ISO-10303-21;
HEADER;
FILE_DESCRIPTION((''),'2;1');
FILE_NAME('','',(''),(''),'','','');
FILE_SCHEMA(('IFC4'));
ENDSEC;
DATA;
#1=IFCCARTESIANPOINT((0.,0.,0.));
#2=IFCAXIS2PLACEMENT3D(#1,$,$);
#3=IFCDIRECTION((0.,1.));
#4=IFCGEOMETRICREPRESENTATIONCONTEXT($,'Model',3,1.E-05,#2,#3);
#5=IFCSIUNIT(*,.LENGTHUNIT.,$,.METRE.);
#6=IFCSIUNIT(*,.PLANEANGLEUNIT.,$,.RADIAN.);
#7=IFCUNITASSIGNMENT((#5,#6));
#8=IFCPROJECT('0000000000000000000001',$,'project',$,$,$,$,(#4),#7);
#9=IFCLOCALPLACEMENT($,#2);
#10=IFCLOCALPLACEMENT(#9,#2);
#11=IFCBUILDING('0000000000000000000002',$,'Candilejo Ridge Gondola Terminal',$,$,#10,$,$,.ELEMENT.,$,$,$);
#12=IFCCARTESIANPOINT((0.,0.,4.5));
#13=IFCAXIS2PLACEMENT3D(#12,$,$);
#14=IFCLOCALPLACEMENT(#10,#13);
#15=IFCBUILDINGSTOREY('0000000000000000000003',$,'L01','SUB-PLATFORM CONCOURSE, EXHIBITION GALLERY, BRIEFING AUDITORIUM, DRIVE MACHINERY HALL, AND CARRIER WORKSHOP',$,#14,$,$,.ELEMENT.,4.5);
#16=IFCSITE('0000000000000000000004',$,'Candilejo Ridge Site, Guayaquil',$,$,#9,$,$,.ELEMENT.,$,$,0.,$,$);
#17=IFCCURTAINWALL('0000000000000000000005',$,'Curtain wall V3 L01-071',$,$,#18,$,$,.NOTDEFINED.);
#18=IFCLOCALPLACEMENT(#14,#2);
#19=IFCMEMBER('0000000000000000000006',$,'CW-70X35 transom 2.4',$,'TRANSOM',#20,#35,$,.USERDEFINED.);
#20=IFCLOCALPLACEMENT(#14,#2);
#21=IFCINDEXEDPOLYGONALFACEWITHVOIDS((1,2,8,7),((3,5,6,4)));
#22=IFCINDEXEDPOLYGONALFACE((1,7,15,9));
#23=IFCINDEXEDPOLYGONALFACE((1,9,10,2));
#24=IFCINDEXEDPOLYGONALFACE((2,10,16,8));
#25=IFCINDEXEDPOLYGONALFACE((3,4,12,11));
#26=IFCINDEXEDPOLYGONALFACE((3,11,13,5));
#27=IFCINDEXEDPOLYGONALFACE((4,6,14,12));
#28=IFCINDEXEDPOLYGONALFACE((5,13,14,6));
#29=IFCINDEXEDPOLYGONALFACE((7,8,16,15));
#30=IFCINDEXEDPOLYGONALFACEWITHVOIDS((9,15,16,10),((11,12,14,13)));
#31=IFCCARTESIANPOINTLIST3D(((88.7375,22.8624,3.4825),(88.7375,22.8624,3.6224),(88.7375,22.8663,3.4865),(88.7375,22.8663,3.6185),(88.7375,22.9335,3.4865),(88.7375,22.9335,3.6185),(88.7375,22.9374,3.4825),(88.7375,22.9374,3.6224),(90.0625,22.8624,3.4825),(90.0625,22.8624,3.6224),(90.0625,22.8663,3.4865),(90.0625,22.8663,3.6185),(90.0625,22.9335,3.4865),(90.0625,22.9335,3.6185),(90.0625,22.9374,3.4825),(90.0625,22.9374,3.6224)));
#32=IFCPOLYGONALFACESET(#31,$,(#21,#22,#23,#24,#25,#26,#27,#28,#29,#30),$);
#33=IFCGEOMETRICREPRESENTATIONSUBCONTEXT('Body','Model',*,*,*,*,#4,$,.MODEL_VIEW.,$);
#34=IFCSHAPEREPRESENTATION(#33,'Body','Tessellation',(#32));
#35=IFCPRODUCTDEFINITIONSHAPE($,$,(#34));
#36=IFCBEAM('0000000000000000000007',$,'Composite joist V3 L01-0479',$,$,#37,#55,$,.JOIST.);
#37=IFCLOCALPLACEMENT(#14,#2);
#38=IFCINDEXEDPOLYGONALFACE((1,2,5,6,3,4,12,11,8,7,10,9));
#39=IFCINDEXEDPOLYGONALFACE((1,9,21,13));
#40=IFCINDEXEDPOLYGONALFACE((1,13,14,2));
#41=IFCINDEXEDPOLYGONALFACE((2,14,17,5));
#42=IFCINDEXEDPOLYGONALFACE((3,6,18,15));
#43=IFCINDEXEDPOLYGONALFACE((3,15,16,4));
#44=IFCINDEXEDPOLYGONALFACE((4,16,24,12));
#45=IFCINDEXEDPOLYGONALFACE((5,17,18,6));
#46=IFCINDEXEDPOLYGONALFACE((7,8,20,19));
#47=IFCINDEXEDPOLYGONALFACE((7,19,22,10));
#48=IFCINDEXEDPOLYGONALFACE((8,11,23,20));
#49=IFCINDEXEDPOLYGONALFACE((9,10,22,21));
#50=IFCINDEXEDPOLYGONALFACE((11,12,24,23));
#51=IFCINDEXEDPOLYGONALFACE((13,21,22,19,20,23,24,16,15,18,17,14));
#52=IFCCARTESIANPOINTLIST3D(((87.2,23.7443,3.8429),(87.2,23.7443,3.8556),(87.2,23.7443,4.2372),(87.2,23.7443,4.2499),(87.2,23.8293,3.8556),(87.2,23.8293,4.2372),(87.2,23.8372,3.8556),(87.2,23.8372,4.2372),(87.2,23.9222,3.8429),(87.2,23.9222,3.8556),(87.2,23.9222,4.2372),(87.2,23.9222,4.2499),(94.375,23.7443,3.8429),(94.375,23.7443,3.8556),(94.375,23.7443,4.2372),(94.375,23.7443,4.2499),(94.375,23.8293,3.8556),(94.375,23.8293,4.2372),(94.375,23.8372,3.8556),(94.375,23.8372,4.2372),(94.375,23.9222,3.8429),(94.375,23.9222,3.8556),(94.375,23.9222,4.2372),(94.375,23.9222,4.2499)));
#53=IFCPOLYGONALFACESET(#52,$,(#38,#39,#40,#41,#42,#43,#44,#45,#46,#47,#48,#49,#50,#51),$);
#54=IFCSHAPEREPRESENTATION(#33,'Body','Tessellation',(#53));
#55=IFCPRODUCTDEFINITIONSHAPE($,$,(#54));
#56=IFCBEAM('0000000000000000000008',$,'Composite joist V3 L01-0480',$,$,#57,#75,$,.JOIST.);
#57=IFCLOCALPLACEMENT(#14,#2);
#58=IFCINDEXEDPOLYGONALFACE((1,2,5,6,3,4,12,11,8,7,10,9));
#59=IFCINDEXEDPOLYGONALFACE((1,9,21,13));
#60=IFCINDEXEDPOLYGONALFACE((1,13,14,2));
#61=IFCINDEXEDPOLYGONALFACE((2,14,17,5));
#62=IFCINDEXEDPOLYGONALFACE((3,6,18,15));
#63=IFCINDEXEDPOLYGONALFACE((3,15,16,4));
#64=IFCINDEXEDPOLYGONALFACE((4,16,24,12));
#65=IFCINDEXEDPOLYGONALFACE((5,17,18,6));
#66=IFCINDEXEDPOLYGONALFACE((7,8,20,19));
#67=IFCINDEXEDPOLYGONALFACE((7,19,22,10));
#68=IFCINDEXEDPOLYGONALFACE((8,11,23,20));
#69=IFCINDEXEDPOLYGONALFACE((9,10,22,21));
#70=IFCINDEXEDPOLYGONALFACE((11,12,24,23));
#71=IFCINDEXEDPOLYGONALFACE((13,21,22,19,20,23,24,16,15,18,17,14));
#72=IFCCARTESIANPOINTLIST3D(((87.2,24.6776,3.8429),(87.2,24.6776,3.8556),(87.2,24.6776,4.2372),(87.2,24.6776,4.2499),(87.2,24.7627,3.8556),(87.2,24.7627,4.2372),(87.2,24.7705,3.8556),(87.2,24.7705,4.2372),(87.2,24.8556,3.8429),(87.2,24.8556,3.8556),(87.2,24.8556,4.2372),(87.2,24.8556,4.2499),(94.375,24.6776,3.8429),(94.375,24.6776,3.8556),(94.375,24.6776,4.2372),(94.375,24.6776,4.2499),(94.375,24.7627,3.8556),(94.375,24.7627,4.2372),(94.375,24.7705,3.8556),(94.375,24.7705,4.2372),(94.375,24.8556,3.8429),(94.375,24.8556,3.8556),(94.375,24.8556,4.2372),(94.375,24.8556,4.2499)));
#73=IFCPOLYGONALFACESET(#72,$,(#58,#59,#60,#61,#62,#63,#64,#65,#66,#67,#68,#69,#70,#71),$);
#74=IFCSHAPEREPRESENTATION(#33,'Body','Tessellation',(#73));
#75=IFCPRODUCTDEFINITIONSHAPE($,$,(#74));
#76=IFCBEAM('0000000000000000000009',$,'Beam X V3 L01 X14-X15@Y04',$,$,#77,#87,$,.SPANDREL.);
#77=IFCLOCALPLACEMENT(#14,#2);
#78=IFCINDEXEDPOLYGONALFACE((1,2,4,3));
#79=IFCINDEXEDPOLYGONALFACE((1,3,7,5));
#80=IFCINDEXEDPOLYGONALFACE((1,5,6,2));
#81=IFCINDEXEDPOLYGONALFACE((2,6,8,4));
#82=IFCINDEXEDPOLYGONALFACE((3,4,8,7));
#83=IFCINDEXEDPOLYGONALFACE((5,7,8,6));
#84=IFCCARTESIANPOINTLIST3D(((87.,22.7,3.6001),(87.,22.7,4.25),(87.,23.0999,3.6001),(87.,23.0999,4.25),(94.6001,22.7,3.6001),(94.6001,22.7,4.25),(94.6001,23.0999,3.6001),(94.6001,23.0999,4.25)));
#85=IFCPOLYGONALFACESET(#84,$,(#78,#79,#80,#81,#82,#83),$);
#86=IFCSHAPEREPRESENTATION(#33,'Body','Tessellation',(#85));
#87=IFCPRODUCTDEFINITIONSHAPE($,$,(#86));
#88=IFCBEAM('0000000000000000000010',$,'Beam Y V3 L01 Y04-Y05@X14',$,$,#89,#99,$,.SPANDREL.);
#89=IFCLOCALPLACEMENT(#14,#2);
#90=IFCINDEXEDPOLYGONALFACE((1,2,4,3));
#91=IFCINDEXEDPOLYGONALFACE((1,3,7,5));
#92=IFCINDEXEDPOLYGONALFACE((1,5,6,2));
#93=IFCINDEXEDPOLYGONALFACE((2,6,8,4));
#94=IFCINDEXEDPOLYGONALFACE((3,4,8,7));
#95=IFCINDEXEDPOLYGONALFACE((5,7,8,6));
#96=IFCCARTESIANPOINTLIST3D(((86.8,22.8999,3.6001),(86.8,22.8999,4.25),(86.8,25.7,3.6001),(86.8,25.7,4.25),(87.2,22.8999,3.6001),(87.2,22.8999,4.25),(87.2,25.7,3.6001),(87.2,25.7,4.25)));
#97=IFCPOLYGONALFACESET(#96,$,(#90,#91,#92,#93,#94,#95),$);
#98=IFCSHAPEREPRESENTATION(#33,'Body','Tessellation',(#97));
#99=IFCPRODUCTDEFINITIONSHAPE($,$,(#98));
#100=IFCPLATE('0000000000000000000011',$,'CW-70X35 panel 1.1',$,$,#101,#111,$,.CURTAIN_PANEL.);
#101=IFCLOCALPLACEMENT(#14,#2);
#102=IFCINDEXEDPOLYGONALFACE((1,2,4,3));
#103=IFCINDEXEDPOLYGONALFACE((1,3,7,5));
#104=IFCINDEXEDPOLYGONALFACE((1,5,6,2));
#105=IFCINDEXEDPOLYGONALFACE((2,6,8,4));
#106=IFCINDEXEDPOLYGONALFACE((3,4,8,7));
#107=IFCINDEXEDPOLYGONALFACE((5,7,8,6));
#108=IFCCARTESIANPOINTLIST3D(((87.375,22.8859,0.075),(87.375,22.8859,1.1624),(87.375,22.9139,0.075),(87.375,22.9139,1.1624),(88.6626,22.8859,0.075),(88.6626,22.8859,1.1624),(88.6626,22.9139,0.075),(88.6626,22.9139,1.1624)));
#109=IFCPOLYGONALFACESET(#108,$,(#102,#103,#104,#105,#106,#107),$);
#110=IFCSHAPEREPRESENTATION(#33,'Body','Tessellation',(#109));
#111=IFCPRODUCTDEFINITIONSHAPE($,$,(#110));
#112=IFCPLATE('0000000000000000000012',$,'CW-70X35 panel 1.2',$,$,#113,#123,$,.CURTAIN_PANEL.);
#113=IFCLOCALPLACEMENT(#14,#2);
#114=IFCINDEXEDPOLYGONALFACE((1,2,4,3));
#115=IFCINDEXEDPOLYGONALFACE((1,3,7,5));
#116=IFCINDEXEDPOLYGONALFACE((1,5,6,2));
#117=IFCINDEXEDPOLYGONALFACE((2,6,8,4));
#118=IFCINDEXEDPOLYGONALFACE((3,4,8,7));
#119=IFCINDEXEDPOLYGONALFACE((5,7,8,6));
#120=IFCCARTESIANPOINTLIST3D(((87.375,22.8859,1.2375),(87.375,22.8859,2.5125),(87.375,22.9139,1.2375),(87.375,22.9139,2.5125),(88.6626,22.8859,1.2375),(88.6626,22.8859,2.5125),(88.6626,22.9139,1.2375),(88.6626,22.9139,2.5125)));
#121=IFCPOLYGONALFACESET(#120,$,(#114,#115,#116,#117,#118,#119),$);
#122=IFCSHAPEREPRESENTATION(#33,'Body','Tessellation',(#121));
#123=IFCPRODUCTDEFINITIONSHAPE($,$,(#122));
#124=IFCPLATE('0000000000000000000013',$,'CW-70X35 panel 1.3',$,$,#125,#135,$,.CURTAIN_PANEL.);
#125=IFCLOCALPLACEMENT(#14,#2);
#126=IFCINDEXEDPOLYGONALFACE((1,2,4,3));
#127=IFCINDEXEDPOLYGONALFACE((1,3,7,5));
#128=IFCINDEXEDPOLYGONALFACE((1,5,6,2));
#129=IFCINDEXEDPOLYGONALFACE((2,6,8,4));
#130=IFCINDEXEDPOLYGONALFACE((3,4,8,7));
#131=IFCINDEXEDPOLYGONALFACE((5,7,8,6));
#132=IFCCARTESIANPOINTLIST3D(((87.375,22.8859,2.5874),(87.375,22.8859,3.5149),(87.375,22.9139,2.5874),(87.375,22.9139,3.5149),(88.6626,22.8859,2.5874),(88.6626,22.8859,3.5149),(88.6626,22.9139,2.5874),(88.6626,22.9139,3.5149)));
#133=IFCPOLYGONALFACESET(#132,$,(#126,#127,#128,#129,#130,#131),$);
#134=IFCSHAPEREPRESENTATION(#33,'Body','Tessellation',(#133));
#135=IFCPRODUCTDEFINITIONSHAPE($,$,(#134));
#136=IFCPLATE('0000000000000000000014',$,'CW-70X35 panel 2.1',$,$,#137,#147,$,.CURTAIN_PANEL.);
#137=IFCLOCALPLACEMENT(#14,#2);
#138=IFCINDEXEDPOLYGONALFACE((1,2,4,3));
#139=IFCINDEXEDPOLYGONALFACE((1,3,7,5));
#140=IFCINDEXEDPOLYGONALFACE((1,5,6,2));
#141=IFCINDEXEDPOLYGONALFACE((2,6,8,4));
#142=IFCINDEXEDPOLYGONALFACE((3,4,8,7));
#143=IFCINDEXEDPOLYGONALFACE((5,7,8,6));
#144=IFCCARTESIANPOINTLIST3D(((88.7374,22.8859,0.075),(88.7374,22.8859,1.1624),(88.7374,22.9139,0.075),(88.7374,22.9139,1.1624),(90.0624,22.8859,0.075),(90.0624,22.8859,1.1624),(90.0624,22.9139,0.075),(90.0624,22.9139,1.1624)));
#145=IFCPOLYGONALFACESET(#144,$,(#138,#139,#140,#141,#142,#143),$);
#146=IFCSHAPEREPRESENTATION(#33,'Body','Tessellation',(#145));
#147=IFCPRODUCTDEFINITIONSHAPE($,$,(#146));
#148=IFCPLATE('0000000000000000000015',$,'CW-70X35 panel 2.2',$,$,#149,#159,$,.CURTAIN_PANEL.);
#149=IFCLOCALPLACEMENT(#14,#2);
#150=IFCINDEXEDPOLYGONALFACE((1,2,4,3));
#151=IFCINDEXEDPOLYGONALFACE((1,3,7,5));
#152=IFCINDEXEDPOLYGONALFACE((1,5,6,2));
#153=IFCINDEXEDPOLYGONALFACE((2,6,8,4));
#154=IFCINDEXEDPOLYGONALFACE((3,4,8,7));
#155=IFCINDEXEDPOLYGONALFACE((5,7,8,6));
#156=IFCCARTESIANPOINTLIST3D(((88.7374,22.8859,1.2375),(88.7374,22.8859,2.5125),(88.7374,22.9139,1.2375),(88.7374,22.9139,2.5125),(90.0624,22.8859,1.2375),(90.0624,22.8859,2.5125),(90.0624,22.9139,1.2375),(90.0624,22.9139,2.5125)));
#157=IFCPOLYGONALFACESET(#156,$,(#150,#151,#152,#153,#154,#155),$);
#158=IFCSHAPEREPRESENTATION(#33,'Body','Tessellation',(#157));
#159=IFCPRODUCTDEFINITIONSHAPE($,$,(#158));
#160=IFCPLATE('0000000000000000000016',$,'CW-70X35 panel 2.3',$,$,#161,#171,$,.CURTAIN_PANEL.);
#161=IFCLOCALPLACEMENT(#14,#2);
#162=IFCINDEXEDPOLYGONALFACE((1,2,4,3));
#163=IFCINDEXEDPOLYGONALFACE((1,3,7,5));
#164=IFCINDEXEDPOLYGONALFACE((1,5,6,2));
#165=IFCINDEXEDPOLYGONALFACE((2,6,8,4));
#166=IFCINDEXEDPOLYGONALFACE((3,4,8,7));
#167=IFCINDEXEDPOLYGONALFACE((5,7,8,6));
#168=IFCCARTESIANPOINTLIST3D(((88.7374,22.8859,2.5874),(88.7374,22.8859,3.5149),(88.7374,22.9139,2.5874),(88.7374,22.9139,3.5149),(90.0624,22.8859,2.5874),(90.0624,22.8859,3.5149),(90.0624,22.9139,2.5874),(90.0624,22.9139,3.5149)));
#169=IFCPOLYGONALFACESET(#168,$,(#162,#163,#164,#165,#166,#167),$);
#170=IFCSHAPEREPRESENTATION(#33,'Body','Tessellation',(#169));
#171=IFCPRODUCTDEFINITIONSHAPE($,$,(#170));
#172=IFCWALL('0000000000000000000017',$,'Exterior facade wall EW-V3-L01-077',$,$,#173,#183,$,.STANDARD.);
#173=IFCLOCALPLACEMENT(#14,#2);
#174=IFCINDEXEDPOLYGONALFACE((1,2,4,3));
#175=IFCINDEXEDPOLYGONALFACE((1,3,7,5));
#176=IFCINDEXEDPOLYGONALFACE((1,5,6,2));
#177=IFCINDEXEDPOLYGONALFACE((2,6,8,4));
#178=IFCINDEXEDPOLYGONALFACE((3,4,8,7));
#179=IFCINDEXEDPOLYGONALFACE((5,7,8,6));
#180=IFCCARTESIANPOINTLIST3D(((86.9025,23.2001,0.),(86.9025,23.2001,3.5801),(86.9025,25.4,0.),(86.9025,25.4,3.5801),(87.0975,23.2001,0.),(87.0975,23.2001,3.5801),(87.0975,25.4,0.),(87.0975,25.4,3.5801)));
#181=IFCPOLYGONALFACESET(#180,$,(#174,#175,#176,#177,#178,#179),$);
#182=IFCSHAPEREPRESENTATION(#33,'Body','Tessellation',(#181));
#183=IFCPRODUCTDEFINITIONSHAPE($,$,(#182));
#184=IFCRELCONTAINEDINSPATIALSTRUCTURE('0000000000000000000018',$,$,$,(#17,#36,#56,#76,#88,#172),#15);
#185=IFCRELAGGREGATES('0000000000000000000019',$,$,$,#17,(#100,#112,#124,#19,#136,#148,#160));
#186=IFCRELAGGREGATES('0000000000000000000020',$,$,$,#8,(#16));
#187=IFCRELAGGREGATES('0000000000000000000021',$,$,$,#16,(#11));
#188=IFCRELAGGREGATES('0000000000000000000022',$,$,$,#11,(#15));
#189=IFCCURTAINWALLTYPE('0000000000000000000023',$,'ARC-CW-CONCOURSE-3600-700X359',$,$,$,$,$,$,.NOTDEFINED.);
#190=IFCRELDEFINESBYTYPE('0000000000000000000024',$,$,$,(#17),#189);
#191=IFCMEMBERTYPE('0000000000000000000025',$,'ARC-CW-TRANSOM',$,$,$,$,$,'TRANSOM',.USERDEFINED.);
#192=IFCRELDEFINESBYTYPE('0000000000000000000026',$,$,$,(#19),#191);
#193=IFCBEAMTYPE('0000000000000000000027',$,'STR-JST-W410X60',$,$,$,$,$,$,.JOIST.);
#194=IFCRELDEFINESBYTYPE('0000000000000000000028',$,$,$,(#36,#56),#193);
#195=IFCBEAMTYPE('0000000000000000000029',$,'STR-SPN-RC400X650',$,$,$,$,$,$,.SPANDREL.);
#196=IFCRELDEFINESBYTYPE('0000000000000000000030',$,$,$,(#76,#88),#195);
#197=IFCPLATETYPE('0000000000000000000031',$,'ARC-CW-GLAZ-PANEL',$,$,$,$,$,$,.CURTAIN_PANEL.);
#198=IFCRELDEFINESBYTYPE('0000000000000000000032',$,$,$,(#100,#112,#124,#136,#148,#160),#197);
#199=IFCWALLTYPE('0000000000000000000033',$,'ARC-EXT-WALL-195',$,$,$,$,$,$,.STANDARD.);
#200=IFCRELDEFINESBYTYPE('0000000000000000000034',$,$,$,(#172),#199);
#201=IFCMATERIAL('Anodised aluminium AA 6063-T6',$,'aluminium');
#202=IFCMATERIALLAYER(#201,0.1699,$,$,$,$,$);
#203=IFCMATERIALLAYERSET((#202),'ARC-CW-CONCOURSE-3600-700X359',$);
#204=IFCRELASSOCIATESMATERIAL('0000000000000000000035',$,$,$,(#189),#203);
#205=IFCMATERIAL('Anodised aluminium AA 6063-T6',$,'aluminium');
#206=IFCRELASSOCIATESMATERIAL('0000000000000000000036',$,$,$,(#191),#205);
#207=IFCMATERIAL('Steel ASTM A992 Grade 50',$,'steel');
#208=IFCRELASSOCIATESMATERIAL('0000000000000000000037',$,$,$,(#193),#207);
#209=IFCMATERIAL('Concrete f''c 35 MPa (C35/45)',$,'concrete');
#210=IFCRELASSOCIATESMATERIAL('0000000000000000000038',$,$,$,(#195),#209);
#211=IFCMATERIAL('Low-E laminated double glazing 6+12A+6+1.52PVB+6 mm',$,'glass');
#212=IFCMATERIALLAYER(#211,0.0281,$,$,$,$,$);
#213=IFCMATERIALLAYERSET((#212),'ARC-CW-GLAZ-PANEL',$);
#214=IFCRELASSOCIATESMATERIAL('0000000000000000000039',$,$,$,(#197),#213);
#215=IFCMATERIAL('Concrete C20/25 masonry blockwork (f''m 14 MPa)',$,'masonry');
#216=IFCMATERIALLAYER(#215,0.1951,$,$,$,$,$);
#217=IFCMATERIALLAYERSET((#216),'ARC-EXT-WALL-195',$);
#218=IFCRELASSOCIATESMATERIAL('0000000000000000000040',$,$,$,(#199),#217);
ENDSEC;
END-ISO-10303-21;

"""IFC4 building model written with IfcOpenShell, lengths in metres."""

from ifc_helpers import new_model, si_unit, direction, frame, frame_2d, origin, origin_2d, place, context, subcontext, project, spatial, rectangle, hollow_rectangle, i_section, extrude, material, layer, layer_set, material_profile, profile_set, type_object, element, aggregate, save


model = new_model("IFC4")

# Units and contexts
model_context = context("Model", 3, precision=1e-05, world=origin(), true_north=direction((0.0, 1.0)))
body_context = subcontext(model_context, "Body", "Model", "MODEL_VIEW")
ifc_project = project(units=[si_unit("LENGTHUNIT", "METRE"), si_unit("PLANEANGLEUNIT", "RADIAN")], contexts=[model_context])

# Site, building, storey
site_placement = place(None, origin())
site = spatial("IfcSite", under=ifc_project, at=site_placement, Name="Candilejo Ridge Site, Guayaquil", CompositionType="ELEMENT", RefElevation=0.0)
building_placement = place(site_placement, origin())
building = spatial("IfcBuilding", under=site, at=building_placement, Name="Candilejo Ridge Gondola Terminal", CompositionType="ELEMENT")
storey_placement = place(building_placement, frame((0.0, 0.0, 4.5)))
storey = spatial("IfcBuildingStorey", under=building, at=storey_placement, Name="L01", Description="SUB-PLATFORM CONCOURSE, EXHIBITION GALLERY, BRIEFING AUDITORIUM, DRIVE MACHINERY HALL, AND CARRIER WORKSHOP", CompositionType="ELEMENT", Elevation=4.5)

# Curtain wall, member
ifc_material_1 = material(Name="Anodised aluminium AA 6063-T6", Category="aluminium")
ifc_layer_1 = layer(ifc_material_1, 0.1699)
ifc_layer_set_1 = layer_set([ifc_layer_1], Name="ARC-CW-CONCOURSE-3600-700X359")
curtain_wall_type = type_object("IfcCurtainWallType", Name="ARC-CW-CONCOURSE-3600-700X359", PredefinedType="NOTDEFINED", material=ifc_layer_set_1)
curtain_wall_placement = place(storey_placement, origin())
curtain_wall = element("IfcCurtainWall", 1, at=curtain_wall_placement, inside=storey, type_object=curtain_wall_type, Name="Curtain wall V3 L01-071", PredefinedType="NOTDEFINED")
ifc_material_2 = material(Name="Anodised aluminium AA 6063-T6", Category="aluminium")
ifc_material_profile_1 = material_profile(ifc_material_2, hollow_rectangle(XDim=0.075, YDim=0.1399, WallThickness=0.0039, at=origin_2d()))
ifc_profile_set_1 = profile_set([ifc_material_profile_1], Name="Anodised aluminium AA 6063-T6")
member_type_1 = type_object("IfcMemberType", Name="ARC-CW-TRANSOM", ElementType="TRANSOM", PredefinedType="USERDEFINED", material=ifc_profile_set_1)
member_1_placement = place(storey_placement, frame((88.7375, 22.8999, 3.5525), z_axis=(1.0, 0.0, 0.0), x_axis=(0.0, 1.0, 0.0)))
member_1 = element("IfcMember", 2, at=member_1_placement, type_object=member_type_1, Name="CW-70X35 transom 2.4", ObjectType="TRANSOM", PredefinedType="USERDEFINED", context=body_context, shape_type="SweptSolid", body=[
    extrude(hollow_rectangle(XDim=0.075, YDim=0.1399, WallThickness=0.0039, at=origin_2d()), origin(), (0.0, 0.0, 1.0), 1.325),
])

# Beams
ifc_material_3 = material(Name="Steel ASTM A992 Grade 50", Category="steel")
ifc_material_profile_2 = material_profile(ifc_material_3, i_section(OverallWidth=0.178, OverallDepth=0.407, WebThickness=0.0078, FlangeThickness=0.0127, at=origin_2d()))
ifc_profile_set_2 = profile_set([ifc_material_profile_2], Name="Steel ASTM A992 Grade 50")
beam_type_1 = type_object("IfcBeamType", Name="STR-JST-W410X60", PredefinedType="JOIST", material=ifc_profile_set_2)
for number, where, z_axis, x_axis, name in (
    (3, (87.2, 23.8333, 4.0464), (1.0, 0.0, 0.0), (0.0, 1.0, 0.0), "Composite joist V3 L01-0479"),
    (4, (87.2, 24.7666, 4.0464), (1.0, 0.0, 0.0), (0.0, 1.0, 0.0), "Composite joist V3 L01-0480"),
):
    element("IfcBeam", number, at=place(storey_placement, frame(where, z_axis=z_axis, x_axis=x_axis)), inside=storey, type_object=beam_type_1, Name=name, PredefinedType="JOIST", context=body_context, shape_type="SweptSolid", body=[
        extrude(i_section(OverallWidth=0.178, OverallDepth=0.407, WebThickness=0.0078, FlangeThickness=0.0127, at=origin_2d()), origin(), (0.0, 0.0, 1.0), 7.175),
    ])
ifc_material_4 = material(Name="Concrete f'c 35 MPa (C35/45)", Category="concrete")
ifc_material_profile_3 = material_profile(ifc_material_4, rectangle(XDim=0.3999, YDim=0.6499, at=origin_2d()))
ifc_profile_set_3 = profile_set([ifc_material_profile_3], Name="Concrete f'c 35 MPa (C35/45)")
beam_type_2 = type_object("IfcBeamType", Name="STR-SPN-RC400X650", PredefinedType="SPANDREL", material=ifc_profile_set_3)
beam_1_placement = place(storey_placement, frame((87.0, 22.8999, 3.925), z_axis=(1.0, 0.0, 0.0), x_axis=(0.0, 1.0, 0.0)))
element("IfcBeam", 5, at=beam_1_placement, inside=storey, type_object=beam_type_2, Name="Beam X V3 L01 X14-X15@Y04", PredefinedType="SPANDREL", context=body_context, shape_type="SweptSolid", body=[
    extrude(rectangle(XDim=0.3999, YDim=0.6499, at=origin_2d()), origin(), (0.0, 0.0, 1.0), 7.6001),
])
beam_2_placement = place(storey_placement, frame((87.0, 22.8999, 3.925), z_axis=(0.0, 1.0, 0.0), x_axis=(-1.0, 0.0, 0.0)))
element("IfcBeam", 6, at=beam_2_placement, inside=storey, type_object=beam_type_2, Name="Beam Y V3 L01 Y04-Y05@X14", PredefinedType="SPANDREL", context=body_context, shape_type="SweptSolid", body=[
    extrude(rectangle(XDim=0.3999, YDim=0.6499, at=origin_2d()), origin(), (0.0, 0.0, 1.0), 2.8),
])

# Plates
ifc_material_5 = material(Name="Low-E laminated double glazing 6+12A+6+1.52PVB+6 mm", Category="glass")
ifc_layer_2 = layer(ifc_material_5, 0.0281)
ifc_layer_set_2 = layer_set([ifc_layer_2], Name="ARC-CW-GLAZ-PANEL")
plate_type = type_object("IfcPlateType", Name="ARC-CW-GLAZ-PANEL", PredefinedType="CURTAIN_PANEL", material=ifc_layer_set_2)
plate_1_placement = place(storey_placement, frame((88.0188, 22.8999, 0.075), z_axis=(0.0, 0.0, 1.0), x_axis=(1.0, 0.0, 0.0)))
plate_1 = element("IfcPlate", 7, at=plate_1_placement, type_object=plate_type, Name="CW-70X35 panel 1.1", PredefinedType="CURTAIN_PANEL", context=body_context, shape_type="SweptSolid", body=[
    extrude(rectangle(XDim=1.2876, YDim=0.0281, at=origin_2d()), origin(), (0.0, 0.0, 1.0), 1.0874),
])
plate_2_placement = place(storey_placement, frame((88.0188, 22.8999, 1.2375), z_axis=(0.0, 0.0, 1.0), x_axis=(1.0, 0.0, 0.0)))
plate_2 = element("IfcPlate", 8, at=plate_2_placement, type_object=plate_type, Name="CW-70X35 panel 1.2", PredefinedType="CURTAIN_PANEL", context=body_context, shape_type="SweptSolid", body=[
    extrude(rectangle(XDim=1.2876, YDim=0.0281, at=origin_2d()), origin(), (0.0, 0.0, 1.0), 1.2749),
])
plate_3_placement = place(storey_placement, frame((88.0188, 22.8999, 2.5874), z_axis=(0.0, 0.0, 1.0), x_axis=(1.0, 0.0, 0.0)))
plate_3 = element("IfcPlate", 9, at=plate_3_placement, type_object=plate_type, Name="CW-70X35 panel 1.3", PredefinedType="CURTAIN_PANEL", context=body_context, shape_type="SweptSolid", body=[
    extrude(rectangle(XDim=1.2876, YDim=0.0281, at=origin_2d()), origin(), (0.0, 0.0, 1.0), 0.9275),
])
plate_4_placement = place(storey_placement, frame((89.3999, 22.8999, 0.075), z_axis=(0.0, 0.0, 1.0), x_axis=(1.0, 0.0, 0.0)))
plate_4 = element("IfcPlate", 10, at=plate_4_placement, type_object=plate_type, Name="CW-70X35 panel 2.1", PredefinedType="CURTAIN_PANEL", context=body_context, shape_type="SweptSolid", body=[
    extrude(rectangle(XDim=1.325, YDim=0.0281, at=origin_2d()), origin(), (0.0, 0.0, 1.0), 1.0874),
])
plate_5_placement = place(storey_placement, frame((89.3999, 22.8999, 1.2375), z_axis=(0.0, 0.0, 1.0), x_axis=(1.0, 0.0, 0.0)))
plate_5 = element("IfcPlate", 11, at=plate_5_placement, type_object=plate_type, Name="CW-70X35 panel 2.2", PredefinedType="CURTAIN_PANEL", context=body_context, shape_type="SweptSolid", body=[
    extrude(rectangle(XDim=1.325, YDim=0.0281, at=origin_2d()), origin(), (0.0, 0.0, 1.0), 1.2749),
])
plate_6_placement = place(storey_placement, frame((89.3999, 22.8999, 2.5874), z_axis=(0.0, 0.0, 1.0), x_axis=(1.0, 0.0, 0.0)))
plate_6 = element("IfcPlate", 12, at=plate_6_placement, type_object=plate_type, Name="CW-70X35 panel 2.3", PredefinedType="CURTAIN_PANEL", context=body_context, shape_type="SweptSolid", body=[
    extrude(rectangle(XDim=1.325, YDim=0.0281, at=origin_2d()), origin(), (0.0, 0.0, 1.0), 0.9275),
])
aggregate(curtain_wall, [plate_1, plate_2, plate_3, member_1, plate_4, plate_5, plate_6])

# Wall
ifc_material_6 = material(Name="Concrete C20/25 masonry blockwork (f'm 14 MPa)", Category="masonry")
ifc_layer_3 = layer(ifc_material_6, 0.1951)
ifc_layer_set_3 = layer_set([ifc_layer_3], Name="ARC-EXT-WALL-195")
wall_type = type_object("IfcWallType", Name="ARC-EXT-WALL-195", PredefinedType="STANDARD", material=ifc_layer_set_3)
wall_placement = place(storey_placement, frame((87.0, 23.2, 0.0), z_axis=(0.0, 0.0, 1.0), x_axis=(0.0, 1.0, 0.0)))
element("IfcWall", 13, at=wall_placement, inside=storey, type_object=wall_type, Name="Exterior facade wall EW-V3-L01-077", PredefinedType="STANDARD", context=body_context, shape_type="SweptSolid", body=[
    extrude(rectangle(XDim=2.2, YDim=0.1951, at=frame_2d((1.1001, 0.0))), origin(), (0.0, 0.0, 1.0), 3.5801),
])

save(model, "model.ifc")
